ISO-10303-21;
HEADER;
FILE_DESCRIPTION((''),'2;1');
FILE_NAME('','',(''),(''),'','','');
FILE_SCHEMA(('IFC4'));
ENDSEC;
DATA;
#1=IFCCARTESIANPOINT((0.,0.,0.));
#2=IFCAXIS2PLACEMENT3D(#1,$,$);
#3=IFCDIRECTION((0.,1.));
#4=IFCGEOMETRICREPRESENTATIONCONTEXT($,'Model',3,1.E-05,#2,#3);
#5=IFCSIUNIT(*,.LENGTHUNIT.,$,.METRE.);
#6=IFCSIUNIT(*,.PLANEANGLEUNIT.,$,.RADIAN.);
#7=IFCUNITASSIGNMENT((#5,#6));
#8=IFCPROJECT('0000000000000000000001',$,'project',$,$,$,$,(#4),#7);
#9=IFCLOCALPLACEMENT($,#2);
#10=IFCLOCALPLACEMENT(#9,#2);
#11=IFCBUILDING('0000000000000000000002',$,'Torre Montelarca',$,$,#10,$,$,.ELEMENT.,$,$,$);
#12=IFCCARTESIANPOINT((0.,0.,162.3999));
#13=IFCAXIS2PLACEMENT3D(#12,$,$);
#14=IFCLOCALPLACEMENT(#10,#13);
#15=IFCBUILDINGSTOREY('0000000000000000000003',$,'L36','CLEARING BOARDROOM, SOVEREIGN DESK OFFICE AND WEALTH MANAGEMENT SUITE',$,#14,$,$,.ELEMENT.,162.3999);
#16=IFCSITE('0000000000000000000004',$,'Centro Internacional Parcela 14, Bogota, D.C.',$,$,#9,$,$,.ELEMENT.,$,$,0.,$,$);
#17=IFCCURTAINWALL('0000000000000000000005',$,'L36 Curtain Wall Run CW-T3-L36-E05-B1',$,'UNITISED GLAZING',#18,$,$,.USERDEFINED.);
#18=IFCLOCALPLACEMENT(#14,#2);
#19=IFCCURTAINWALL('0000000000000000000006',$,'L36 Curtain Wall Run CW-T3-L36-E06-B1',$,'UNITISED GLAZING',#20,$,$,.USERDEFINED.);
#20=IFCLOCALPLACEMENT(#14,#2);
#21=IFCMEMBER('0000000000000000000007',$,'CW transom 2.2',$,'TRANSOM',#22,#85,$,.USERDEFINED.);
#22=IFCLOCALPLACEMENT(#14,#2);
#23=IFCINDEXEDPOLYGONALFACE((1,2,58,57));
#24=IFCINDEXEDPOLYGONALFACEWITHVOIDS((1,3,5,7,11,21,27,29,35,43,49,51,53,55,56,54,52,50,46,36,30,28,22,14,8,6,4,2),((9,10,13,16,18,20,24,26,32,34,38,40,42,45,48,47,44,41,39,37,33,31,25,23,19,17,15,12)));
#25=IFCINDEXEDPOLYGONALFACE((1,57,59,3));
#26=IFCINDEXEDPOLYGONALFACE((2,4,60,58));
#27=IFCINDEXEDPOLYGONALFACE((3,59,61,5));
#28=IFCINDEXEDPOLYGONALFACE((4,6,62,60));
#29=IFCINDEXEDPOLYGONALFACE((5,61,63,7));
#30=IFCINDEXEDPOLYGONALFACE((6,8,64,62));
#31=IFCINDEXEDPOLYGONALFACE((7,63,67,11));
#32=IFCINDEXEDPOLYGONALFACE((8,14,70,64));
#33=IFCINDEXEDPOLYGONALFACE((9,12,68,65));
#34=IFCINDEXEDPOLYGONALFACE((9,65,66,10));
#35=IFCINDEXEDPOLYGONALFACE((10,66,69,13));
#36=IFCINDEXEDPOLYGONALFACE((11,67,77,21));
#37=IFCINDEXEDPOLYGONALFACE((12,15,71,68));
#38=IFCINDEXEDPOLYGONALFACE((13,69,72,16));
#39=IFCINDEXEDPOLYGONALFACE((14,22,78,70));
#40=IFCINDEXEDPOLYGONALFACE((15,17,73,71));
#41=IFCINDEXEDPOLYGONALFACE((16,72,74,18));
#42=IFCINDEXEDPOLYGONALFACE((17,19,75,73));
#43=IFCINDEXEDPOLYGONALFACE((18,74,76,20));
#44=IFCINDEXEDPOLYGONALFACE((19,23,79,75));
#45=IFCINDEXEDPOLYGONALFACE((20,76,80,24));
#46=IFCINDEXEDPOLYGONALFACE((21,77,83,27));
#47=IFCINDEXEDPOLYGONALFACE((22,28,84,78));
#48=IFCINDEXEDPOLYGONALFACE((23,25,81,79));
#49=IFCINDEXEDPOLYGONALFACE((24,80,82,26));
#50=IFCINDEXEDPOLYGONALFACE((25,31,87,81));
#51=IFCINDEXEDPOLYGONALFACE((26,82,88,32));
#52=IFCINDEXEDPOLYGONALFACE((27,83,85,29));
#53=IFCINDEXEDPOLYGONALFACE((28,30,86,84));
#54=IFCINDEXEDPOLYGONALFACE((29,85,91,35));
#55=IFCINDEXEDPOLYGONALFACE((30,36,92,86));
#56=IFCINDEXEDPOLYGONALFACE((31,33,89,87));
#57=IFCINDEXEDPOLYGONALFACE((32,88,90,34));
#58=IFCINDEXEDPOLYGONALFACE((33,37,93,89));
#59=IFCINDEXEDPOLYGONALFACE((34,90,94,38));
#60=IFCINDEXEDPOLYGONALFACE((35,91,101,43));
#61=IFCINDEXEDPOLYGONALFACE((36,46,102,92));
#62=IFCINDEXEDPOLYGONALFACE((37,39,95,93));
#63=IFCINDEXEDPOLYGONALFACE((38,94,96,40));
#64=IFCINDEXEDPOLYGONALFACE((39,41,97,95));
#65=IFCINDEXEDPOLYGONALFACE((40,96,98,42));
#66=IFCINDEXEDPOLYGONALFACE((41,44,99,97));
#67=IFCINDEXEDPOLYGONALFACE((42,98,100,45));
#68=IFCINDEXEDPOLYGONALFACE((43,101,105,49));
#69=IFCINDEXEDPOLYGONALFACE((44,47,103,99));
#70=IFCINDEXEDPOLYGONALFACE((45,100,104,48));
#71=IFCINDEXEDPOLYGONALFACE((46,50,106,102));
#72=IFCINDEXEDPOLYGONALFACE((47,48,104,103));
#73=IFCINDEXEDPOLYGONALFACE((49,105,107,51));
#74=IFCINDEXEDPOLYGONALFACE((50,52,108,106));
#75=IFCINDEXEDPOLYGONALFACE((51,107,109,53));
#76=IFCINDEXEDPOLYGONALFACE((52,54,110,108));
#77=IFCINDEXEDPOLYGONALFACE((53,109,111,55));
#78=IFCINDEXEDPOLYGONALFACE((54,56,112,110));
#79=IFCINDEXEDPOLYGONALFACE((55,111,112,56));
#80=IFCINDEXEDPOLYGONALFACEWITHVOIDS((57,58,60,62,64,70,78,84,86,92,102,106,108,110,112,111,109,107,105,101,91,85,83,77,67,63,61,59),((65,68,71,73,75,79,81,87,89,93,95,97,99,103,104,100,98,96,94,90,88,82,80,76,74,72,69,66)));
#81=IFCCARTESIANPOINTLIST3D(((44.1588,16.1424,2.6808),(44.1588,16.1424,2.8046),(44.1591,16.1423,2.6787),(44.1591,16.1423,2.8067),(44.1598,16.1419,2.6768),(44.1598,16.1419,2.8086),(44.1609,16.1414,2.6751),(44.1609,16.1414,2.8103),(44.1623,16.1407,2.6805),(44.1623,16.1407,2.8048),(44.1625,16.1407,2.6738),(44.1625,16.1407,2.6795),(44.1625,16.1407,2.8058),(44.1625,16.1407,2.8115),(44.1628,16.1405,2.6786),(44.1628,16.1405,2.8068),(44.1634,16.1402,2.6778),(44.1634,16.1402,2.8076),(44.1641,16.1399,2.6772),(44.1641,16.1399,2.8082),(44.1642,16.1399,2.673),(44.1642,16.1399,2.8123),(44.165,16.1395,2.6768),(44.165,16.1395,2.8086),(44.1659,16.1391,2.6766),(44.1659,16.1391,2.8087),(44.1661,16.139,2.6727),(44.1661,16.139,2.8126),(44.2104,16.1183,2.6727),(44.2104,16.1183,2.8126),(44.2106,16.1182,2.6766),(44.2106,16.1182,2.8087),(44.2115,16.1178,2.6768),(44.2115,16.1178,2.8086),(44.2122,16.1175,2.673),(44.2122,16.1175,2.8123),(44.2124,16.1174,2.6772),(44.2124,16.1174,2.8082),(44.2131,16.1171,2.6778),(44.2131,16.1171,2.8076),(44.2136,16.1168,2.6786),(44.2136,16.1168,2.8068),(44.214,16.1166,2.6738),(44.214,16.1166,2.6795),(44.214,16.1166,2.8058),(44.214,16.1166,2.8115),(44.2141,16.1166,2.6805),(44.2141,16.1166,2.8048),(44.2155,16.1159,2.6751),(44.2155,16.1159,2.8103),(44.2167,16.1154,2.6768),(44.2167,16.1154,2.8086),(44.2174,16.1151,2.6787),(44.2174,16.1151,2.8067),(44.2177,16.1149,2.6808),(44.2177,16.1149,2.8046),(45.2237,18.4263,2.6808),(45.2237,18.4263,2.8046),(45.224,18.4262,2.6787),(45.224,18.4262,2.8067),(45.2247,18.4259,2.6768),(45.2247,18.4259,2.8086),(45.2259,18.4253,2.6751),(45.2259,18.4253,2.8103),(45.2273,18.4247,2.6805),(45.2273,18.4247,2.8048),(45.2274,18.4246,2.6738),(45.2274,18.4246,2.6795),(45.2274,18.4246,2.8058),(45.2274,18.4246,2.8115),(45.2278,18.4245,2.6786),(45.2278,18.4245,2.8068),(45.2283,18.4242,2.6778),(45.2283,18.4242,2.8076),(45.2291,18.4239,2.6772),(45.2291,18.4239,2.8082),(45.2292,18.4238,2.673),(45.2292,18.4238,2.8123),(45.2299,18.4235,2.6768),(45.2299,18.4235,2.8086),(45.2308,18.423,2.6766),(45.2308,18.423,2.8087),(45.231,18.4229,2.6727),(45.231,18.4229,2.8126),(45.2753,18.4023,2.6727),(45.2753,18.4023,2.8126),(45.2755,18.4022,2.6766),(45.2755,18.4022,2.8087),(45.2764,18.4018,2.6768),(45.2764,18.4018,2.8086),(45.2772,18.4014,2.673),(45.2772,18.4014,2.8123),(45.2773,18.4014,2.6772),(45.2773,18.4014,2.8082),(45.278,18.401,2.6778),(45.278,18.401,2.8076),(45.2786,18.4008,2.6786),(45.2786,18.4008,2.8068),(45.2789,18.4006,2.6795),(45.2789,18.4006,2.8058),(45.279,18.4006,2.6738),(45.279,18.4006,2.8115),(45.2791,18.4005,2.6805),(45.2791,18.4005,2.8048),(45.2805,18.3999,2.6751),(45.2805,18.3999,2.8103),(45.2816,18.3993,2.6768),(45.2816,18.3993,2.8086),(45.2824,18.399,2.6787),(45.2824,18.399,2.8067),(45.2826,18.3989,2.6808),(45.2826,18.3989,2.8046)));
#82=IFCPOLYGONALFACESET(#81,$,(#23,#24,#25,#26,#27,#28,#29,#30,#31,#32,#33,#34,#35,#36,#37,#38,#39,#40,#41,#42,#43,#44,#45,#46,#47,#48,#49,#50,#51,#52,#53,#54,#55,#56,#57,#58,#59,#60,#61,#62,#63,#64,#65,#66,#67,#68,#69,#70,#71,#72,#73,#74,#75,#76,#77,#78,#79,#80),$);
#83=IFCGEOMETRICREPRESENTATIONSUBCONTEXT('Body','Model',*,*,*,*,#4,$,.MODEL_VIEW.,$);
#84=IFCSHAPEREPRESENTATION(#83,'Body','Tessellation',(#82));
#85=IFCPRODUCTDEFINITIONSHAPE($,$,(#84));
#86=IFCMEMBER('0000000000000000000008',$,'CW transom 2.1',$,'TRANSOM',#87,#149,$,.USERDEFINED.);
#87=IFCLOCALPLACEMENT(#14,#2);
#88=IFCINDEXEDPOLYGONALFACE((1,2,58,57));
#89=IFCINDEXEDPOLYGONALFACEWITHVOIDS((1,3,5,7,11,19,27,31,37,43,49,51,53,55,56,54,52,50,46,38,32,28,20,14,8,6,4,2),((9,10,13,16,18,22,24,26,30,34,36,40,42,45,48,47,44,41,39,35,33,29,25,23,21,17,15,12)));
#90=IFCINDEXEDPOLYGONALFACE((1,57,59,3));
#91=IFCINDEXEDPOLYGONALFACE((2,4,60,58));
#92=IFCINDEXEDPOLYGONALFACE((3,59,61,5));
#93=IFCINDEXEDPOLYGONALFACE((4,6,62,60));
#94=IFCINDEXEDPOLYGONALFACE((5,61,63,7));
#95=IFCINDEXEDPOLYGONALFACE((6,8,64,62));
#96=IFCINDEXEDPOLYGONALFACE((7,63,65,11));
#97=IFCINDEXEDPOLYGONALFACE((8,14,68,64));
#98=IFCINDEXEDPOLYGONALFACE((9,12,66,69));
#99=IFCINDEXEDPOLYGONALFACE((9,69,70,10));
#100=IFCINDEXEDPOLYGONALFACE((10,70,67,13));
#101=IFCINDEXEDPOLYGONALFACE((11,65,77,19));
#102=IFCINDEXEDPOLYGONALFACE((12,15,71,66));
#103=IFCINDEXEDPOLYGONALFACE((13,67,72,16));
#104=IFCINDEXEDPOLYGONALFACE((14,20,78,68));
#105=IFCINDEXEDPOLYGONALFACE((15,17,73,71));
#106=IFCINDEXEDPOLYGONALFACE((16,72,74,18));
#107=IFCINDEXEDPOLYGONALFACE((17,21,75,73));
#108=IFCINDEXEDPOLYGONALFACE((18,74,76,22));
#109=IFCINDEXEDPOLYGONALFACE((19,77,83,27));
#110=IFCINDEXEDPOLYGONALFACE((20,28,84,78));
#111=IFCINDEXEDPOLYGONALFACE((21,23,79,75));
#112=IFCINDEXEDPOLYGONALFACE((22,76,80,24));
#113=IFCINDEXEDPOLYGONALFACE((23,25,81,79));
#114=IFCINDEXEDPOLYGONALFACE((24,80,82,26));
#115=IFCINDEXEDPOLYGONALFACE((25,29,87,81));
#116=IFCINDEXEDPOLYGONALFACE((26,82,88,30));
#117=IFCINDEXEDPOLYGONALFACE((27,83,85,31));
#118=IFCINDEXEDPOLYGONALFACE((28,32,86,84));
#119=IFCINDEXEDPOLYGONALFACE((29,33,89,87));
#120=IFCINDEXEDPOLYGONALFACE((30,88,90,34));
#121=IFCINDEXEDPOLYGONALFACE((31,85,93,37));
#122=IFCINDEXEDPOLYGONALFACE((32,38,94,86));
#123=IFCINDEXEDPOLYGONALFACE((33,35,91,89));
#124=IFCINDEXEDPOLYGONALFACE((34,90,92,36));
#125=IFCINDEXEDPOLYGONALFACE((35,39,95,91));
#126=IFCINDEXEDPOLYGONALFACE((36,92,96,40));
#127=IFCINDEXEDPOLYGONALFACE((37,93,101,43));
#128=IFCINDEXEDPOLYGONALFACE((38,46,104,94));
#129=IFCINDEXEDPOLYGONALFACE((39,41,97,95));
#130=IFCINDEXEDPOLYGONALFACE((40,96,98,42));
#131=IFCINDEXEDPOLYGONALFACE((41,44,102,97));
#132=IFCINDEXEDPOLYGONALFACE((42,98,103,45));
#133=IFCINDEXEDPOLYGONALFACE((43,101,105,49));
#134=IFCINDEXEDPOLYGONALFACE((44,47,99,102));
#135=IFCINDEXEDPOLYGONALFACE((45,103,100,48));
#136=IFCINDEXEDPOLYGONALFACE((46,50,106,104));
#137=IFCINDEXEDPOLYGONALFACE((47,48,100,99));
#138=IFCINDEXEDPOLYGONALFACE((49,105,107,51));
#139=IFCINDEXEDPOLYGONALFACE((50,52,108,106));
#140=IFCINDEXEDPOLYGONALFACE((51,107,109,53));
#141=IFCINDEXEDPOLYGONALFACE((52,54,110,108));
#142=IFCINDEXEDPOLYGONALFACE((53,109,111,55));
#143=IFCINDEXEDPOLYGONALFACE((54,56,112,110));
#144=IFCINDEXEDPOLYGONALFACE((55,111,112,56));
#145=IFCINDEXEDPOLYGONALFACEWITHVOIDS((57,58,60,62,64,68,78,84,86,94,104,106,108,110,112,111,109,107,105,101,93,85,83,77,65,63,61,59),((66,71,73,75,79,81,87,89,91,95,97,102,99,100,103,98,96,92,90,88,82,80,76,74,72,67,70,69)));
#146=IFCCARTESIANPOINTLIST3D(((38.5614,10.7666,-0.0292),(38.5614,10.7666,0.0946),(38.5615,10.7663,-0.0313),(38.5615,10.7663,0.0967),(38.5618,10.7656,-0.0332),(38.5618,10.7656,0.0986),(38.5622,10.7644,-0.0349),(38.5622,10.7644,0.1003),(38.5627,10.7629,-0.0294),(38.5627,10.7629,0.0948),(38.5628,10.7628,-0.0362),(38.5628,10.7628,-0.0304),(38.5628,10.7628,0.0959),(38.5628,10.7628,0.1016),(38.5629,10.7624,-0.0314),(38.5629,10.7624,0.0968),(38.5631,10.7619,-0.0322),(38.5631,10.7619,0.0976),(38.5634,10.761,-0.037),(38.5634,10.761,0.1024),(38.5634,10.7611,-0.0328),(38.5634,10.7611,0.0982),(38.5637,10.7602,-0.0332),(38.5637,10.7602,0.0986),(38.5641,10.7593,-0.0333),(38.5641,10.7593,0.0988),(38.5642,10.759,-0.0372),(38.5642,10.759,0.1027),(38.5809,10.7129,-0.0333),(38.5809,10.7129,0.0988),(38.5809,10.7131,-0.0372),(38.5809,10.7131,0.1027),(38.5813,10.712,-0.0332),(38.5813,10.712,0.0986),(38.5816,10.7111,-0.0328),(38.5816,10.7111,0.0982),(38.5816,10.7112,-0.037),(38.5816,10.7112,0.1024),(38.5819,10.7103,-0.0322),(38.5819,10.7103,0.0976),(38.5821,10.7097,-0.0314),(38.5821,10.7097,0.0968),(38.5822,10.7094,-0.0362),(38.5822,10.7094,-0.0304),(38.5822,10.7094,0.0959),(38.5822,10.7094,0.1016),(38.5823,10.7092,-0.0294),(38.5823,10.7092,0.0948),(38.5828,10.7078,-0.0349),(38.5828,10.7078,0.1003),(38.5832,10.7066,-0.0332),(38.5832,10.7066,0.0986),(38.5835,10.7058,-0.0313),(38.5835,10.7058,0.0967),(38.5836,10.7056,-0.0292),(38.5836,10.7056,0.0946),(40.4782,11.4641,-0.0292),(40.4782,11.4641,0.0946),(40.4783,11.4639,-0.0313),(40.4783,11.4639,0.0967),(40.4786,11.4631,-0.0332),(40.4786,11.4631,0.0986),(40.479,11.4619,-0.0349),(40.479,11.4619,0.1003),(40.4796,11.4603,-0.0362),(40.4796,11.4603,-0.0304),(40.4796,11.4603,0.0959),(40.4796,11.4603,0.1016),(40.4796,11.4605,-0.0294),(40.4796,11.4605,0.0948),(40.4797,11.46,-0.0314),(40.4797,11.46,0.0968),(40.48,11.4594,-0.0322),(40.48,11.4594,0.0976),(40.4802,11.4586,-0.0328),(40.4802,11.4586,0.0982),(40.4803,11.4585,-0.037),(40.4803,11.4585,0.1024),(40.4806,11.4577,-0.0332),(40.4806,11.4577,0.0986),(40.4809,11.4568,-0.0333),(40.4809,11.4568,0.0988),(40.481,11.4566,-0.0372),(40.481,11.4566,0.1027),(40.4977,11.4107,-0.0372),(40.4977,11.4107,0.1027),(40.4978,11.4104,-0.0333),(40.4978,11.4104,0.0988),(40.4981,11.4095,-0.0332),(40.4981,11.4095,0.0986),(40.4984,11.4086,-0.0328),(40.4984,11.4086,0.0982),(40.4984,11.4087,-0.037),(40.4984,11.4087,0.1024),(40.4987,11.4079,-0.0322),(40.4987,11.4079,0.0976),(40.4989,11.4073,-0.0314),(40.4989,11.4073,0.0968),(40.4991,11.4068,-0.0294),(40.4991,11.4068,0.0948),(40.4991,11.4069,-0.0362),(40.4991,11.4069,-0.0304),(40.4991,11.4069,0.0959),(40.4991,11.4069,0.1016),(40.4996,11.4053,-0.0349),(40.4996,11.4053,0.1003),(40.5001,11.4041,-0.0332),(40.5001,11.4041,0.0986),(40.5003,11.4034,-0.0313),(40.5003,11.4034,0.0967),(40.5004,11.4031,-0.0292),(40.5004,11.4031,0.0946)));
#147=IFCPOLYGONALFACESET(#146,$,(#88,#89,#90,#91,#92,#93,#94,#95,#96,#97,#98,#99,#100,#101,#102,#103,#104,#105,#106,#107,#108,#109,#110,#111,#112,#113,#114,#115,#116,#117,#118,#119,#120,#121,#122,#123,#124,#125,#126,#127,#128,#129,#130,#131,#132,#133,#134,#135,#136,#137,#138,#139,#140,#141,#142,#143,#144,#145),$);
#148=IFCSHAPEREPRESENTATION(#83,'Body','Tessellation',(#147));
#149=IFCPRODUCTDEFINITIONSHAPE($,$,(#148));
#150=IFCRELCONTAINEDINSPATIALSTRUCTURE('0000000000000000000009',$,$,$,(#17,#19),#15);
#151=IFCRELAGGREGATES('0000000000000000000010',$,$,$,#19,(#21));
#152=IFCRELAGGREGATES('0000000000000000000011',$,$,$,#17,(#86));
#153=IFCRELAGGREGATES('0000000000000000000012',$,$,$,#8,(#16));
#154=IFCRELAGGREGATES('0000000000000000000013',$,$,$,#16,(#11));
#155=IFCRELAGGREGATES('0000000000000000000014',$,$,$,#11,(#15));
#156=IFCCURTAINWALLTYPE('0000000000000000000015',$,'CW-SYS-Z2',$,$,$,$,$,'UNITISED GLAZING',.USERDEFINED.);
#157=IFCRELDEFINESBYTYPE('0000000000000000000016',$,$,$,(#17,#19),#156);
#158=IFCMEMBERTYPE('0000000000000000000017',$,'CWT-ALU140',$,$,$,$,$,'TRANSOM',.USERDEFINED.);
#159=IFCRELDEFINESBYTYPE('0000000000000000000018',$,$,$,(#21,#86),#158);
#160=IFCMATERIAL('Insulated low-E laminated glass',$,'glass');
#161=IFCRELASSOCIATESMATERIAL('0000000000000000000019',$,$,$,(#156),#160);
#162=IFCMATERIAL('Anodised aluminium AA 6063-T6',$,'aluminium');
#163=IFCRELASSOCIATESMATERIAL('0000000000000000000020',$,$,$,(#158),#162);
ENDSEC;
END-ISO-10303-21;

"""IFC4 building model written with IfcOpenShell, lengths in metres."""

from ifc_helpers import new_model, si_unit, direction, frame, origin, origin_2d, place, context, subcontext, project, spatial, hollow_rectangle, extrude, source, transform, mapped, material, material_profile, profile_set, type_object, element, aggregate, save


model = new_model("IFC4")

# Units and contexts
model_context = context("Model", 3, precision=1e-05, world=origin(), true_north=direction((0.0, 1.0)))
body_context = subcontext(model_context, "Body", "Model", "MODEL_VIEW")
ifc_project = project(units=[si_unit("LENGTHUNIT", "METRE"), si_unit("PLANEANGLEUNIT", "RADIAN")], contexts=[model_context])

# Site, building, storey
site_placement = place(None, origin())
site = spatial("IfcSite", under=ifc_project, at=site_placement, Name="Centro Internacional Parcela 14, Bogota, D.C.", CompositionType="ELEMENT", RefElevation=0.0)
building_placement = place(site_placement, origin())
building = spatial("IfcBuilding", under=site, at=building_placement, Name="Torre Montelarca", CompositionType="ELEMENT")
storey_placement = place(building_placement, frame((0.0, 0.0, 162.3999)))
storey = spatial("IfcBuildingStorey", under=building, at=storey_placement, Name="L36", Description="CLEARING BOARDROOM, SOVEREIGN DESK OFFICE AND WEALTH MANAGEMENT SUITE", CompositionType="ELEMENT", Elevation=162.3999)

# Curtain walls
ifc_material_1 = material(Name="Insulated low-E laminated glass", Category="glass")
curtain_wall_type = type_object("IfcCurtainWallType", Name="CW-SYS-Z2", ElementType="UNITISED GLAZING", PredefinedType="USERDEFINED", material=ifc_material_1)
curtain_wall_1_placement = place(storey_placement, origin())
curtain_wall_1 = element("IfcCurtainWall", 1, at=curtain_wall_1_placement, inside=storey, type_object=curtain_wall_type, Name="L36 Curtain Wall Run CW-T3-L36-E05-B1", ObjectType="UNITISED GLAZING", PredefinedType="USERDEFINED")
ifc_material_2 = material(Name="Anodised aluminium AA 6063-T6", Category="aluminium")
curtain_wall_2_placement = place(storey_placement, origin())
curtain_wall_2 = element("IfcCurtainWall", 2, at=curtain_wall_2_placement, inside=storey, type_object=curtain_wall_type, Name="L36 Curtain Wall Run CW-T3-L36-E06-B1", ObjectType="UNITISED GLAZING", PredefinedType="USERDEFINED")

# Members
ifc_material_profile_1 = material_profile(ifc_material_2, hollow_rectangle(XDim=0.0649, YDim=0.1399, WallThickness=0.0039, InnerFilletRadius=0.0039, OuterFilletRadius=0.0081, at=origin_2d()), Name="ALU65X140X4", Category="aluminium")
ifc_profile_set_1 = profile_set([ifc_material_profile_1], Name="Anodised aluminium AA 6063-T6")
member_type_1 = type_object("IfcMemberType", Name="CWT-ALU140", ElementType="TRANSOM", PredefinedType="USERDEFINED", material=ifc_profile_set_1)
shared_shape_1 = source(origin(), body_context, "Body", "SweptSolid", [
    extrude(hollow_rectangle(XDim=0.0649, YDim=0.1399, WallThickness=0.0039, InnerFilletRadius=0.0039, OuterFilletRadius=0.0081, at=origin_2d()), origin(), (0.0, 0.0, 1.0), 2.52),
])
member_1_placement = place(storey_placement, frame((44.1882, 16.1287, 2.7427), z_axis=(0.422594, 0.906319, 0.0), x_axis=(-0.906319, 0.422594, 0.0)))
member_1 = element("IfcMember", 3, at=member_1_placement, type_object=member_type_1, Name="CW transom 2.2", ObjectType="TRANSOM", PredefinedType="USERDEFINED", context=body_context, shape_type="MappedRepresentation", body=[
    mapped(shared_shape_1, transform((0.0, 0.0, 0.0), scale=1.0)),
])
shared_shape_2 = source(origin(), body_context, "Body", "SweptSolid", [
    extrude(hollow_rectangle(XDim=0.0649, YDim=0.1399, WallThickness=0.0039, InnerFilletRadius=0.0039, OuterFilletRadius=0.0081, at=origin_2d()), origin(), (0.0, 0.0, 1.0), 2.0398),
])
member_2_placement = place(storey_placement, frame((38.5725, 10.7361, 0.0327), z_axis=(0.939713, 0.341964, 0.0), x_axis=(-0.341964, 0.939713, 0.0)))
member_2 = element("IfcMember", 4, at=member_2_placement, type_object=member_type_1, Name="CW transom 2.1", ObjectType="TRANSOM", PredefinedType="USERDEFINED", context=body_context, shape_type="MappedRepresentation", body=[
    mapped(shared_shape_2, transform((0.0, 0.0, 0.0), scale=1.0)),
])

aggregate(curtain_wall_2, [member_1])
aggregate(curtain_wall_1, [member_2])

save(model, "model.ifc")
